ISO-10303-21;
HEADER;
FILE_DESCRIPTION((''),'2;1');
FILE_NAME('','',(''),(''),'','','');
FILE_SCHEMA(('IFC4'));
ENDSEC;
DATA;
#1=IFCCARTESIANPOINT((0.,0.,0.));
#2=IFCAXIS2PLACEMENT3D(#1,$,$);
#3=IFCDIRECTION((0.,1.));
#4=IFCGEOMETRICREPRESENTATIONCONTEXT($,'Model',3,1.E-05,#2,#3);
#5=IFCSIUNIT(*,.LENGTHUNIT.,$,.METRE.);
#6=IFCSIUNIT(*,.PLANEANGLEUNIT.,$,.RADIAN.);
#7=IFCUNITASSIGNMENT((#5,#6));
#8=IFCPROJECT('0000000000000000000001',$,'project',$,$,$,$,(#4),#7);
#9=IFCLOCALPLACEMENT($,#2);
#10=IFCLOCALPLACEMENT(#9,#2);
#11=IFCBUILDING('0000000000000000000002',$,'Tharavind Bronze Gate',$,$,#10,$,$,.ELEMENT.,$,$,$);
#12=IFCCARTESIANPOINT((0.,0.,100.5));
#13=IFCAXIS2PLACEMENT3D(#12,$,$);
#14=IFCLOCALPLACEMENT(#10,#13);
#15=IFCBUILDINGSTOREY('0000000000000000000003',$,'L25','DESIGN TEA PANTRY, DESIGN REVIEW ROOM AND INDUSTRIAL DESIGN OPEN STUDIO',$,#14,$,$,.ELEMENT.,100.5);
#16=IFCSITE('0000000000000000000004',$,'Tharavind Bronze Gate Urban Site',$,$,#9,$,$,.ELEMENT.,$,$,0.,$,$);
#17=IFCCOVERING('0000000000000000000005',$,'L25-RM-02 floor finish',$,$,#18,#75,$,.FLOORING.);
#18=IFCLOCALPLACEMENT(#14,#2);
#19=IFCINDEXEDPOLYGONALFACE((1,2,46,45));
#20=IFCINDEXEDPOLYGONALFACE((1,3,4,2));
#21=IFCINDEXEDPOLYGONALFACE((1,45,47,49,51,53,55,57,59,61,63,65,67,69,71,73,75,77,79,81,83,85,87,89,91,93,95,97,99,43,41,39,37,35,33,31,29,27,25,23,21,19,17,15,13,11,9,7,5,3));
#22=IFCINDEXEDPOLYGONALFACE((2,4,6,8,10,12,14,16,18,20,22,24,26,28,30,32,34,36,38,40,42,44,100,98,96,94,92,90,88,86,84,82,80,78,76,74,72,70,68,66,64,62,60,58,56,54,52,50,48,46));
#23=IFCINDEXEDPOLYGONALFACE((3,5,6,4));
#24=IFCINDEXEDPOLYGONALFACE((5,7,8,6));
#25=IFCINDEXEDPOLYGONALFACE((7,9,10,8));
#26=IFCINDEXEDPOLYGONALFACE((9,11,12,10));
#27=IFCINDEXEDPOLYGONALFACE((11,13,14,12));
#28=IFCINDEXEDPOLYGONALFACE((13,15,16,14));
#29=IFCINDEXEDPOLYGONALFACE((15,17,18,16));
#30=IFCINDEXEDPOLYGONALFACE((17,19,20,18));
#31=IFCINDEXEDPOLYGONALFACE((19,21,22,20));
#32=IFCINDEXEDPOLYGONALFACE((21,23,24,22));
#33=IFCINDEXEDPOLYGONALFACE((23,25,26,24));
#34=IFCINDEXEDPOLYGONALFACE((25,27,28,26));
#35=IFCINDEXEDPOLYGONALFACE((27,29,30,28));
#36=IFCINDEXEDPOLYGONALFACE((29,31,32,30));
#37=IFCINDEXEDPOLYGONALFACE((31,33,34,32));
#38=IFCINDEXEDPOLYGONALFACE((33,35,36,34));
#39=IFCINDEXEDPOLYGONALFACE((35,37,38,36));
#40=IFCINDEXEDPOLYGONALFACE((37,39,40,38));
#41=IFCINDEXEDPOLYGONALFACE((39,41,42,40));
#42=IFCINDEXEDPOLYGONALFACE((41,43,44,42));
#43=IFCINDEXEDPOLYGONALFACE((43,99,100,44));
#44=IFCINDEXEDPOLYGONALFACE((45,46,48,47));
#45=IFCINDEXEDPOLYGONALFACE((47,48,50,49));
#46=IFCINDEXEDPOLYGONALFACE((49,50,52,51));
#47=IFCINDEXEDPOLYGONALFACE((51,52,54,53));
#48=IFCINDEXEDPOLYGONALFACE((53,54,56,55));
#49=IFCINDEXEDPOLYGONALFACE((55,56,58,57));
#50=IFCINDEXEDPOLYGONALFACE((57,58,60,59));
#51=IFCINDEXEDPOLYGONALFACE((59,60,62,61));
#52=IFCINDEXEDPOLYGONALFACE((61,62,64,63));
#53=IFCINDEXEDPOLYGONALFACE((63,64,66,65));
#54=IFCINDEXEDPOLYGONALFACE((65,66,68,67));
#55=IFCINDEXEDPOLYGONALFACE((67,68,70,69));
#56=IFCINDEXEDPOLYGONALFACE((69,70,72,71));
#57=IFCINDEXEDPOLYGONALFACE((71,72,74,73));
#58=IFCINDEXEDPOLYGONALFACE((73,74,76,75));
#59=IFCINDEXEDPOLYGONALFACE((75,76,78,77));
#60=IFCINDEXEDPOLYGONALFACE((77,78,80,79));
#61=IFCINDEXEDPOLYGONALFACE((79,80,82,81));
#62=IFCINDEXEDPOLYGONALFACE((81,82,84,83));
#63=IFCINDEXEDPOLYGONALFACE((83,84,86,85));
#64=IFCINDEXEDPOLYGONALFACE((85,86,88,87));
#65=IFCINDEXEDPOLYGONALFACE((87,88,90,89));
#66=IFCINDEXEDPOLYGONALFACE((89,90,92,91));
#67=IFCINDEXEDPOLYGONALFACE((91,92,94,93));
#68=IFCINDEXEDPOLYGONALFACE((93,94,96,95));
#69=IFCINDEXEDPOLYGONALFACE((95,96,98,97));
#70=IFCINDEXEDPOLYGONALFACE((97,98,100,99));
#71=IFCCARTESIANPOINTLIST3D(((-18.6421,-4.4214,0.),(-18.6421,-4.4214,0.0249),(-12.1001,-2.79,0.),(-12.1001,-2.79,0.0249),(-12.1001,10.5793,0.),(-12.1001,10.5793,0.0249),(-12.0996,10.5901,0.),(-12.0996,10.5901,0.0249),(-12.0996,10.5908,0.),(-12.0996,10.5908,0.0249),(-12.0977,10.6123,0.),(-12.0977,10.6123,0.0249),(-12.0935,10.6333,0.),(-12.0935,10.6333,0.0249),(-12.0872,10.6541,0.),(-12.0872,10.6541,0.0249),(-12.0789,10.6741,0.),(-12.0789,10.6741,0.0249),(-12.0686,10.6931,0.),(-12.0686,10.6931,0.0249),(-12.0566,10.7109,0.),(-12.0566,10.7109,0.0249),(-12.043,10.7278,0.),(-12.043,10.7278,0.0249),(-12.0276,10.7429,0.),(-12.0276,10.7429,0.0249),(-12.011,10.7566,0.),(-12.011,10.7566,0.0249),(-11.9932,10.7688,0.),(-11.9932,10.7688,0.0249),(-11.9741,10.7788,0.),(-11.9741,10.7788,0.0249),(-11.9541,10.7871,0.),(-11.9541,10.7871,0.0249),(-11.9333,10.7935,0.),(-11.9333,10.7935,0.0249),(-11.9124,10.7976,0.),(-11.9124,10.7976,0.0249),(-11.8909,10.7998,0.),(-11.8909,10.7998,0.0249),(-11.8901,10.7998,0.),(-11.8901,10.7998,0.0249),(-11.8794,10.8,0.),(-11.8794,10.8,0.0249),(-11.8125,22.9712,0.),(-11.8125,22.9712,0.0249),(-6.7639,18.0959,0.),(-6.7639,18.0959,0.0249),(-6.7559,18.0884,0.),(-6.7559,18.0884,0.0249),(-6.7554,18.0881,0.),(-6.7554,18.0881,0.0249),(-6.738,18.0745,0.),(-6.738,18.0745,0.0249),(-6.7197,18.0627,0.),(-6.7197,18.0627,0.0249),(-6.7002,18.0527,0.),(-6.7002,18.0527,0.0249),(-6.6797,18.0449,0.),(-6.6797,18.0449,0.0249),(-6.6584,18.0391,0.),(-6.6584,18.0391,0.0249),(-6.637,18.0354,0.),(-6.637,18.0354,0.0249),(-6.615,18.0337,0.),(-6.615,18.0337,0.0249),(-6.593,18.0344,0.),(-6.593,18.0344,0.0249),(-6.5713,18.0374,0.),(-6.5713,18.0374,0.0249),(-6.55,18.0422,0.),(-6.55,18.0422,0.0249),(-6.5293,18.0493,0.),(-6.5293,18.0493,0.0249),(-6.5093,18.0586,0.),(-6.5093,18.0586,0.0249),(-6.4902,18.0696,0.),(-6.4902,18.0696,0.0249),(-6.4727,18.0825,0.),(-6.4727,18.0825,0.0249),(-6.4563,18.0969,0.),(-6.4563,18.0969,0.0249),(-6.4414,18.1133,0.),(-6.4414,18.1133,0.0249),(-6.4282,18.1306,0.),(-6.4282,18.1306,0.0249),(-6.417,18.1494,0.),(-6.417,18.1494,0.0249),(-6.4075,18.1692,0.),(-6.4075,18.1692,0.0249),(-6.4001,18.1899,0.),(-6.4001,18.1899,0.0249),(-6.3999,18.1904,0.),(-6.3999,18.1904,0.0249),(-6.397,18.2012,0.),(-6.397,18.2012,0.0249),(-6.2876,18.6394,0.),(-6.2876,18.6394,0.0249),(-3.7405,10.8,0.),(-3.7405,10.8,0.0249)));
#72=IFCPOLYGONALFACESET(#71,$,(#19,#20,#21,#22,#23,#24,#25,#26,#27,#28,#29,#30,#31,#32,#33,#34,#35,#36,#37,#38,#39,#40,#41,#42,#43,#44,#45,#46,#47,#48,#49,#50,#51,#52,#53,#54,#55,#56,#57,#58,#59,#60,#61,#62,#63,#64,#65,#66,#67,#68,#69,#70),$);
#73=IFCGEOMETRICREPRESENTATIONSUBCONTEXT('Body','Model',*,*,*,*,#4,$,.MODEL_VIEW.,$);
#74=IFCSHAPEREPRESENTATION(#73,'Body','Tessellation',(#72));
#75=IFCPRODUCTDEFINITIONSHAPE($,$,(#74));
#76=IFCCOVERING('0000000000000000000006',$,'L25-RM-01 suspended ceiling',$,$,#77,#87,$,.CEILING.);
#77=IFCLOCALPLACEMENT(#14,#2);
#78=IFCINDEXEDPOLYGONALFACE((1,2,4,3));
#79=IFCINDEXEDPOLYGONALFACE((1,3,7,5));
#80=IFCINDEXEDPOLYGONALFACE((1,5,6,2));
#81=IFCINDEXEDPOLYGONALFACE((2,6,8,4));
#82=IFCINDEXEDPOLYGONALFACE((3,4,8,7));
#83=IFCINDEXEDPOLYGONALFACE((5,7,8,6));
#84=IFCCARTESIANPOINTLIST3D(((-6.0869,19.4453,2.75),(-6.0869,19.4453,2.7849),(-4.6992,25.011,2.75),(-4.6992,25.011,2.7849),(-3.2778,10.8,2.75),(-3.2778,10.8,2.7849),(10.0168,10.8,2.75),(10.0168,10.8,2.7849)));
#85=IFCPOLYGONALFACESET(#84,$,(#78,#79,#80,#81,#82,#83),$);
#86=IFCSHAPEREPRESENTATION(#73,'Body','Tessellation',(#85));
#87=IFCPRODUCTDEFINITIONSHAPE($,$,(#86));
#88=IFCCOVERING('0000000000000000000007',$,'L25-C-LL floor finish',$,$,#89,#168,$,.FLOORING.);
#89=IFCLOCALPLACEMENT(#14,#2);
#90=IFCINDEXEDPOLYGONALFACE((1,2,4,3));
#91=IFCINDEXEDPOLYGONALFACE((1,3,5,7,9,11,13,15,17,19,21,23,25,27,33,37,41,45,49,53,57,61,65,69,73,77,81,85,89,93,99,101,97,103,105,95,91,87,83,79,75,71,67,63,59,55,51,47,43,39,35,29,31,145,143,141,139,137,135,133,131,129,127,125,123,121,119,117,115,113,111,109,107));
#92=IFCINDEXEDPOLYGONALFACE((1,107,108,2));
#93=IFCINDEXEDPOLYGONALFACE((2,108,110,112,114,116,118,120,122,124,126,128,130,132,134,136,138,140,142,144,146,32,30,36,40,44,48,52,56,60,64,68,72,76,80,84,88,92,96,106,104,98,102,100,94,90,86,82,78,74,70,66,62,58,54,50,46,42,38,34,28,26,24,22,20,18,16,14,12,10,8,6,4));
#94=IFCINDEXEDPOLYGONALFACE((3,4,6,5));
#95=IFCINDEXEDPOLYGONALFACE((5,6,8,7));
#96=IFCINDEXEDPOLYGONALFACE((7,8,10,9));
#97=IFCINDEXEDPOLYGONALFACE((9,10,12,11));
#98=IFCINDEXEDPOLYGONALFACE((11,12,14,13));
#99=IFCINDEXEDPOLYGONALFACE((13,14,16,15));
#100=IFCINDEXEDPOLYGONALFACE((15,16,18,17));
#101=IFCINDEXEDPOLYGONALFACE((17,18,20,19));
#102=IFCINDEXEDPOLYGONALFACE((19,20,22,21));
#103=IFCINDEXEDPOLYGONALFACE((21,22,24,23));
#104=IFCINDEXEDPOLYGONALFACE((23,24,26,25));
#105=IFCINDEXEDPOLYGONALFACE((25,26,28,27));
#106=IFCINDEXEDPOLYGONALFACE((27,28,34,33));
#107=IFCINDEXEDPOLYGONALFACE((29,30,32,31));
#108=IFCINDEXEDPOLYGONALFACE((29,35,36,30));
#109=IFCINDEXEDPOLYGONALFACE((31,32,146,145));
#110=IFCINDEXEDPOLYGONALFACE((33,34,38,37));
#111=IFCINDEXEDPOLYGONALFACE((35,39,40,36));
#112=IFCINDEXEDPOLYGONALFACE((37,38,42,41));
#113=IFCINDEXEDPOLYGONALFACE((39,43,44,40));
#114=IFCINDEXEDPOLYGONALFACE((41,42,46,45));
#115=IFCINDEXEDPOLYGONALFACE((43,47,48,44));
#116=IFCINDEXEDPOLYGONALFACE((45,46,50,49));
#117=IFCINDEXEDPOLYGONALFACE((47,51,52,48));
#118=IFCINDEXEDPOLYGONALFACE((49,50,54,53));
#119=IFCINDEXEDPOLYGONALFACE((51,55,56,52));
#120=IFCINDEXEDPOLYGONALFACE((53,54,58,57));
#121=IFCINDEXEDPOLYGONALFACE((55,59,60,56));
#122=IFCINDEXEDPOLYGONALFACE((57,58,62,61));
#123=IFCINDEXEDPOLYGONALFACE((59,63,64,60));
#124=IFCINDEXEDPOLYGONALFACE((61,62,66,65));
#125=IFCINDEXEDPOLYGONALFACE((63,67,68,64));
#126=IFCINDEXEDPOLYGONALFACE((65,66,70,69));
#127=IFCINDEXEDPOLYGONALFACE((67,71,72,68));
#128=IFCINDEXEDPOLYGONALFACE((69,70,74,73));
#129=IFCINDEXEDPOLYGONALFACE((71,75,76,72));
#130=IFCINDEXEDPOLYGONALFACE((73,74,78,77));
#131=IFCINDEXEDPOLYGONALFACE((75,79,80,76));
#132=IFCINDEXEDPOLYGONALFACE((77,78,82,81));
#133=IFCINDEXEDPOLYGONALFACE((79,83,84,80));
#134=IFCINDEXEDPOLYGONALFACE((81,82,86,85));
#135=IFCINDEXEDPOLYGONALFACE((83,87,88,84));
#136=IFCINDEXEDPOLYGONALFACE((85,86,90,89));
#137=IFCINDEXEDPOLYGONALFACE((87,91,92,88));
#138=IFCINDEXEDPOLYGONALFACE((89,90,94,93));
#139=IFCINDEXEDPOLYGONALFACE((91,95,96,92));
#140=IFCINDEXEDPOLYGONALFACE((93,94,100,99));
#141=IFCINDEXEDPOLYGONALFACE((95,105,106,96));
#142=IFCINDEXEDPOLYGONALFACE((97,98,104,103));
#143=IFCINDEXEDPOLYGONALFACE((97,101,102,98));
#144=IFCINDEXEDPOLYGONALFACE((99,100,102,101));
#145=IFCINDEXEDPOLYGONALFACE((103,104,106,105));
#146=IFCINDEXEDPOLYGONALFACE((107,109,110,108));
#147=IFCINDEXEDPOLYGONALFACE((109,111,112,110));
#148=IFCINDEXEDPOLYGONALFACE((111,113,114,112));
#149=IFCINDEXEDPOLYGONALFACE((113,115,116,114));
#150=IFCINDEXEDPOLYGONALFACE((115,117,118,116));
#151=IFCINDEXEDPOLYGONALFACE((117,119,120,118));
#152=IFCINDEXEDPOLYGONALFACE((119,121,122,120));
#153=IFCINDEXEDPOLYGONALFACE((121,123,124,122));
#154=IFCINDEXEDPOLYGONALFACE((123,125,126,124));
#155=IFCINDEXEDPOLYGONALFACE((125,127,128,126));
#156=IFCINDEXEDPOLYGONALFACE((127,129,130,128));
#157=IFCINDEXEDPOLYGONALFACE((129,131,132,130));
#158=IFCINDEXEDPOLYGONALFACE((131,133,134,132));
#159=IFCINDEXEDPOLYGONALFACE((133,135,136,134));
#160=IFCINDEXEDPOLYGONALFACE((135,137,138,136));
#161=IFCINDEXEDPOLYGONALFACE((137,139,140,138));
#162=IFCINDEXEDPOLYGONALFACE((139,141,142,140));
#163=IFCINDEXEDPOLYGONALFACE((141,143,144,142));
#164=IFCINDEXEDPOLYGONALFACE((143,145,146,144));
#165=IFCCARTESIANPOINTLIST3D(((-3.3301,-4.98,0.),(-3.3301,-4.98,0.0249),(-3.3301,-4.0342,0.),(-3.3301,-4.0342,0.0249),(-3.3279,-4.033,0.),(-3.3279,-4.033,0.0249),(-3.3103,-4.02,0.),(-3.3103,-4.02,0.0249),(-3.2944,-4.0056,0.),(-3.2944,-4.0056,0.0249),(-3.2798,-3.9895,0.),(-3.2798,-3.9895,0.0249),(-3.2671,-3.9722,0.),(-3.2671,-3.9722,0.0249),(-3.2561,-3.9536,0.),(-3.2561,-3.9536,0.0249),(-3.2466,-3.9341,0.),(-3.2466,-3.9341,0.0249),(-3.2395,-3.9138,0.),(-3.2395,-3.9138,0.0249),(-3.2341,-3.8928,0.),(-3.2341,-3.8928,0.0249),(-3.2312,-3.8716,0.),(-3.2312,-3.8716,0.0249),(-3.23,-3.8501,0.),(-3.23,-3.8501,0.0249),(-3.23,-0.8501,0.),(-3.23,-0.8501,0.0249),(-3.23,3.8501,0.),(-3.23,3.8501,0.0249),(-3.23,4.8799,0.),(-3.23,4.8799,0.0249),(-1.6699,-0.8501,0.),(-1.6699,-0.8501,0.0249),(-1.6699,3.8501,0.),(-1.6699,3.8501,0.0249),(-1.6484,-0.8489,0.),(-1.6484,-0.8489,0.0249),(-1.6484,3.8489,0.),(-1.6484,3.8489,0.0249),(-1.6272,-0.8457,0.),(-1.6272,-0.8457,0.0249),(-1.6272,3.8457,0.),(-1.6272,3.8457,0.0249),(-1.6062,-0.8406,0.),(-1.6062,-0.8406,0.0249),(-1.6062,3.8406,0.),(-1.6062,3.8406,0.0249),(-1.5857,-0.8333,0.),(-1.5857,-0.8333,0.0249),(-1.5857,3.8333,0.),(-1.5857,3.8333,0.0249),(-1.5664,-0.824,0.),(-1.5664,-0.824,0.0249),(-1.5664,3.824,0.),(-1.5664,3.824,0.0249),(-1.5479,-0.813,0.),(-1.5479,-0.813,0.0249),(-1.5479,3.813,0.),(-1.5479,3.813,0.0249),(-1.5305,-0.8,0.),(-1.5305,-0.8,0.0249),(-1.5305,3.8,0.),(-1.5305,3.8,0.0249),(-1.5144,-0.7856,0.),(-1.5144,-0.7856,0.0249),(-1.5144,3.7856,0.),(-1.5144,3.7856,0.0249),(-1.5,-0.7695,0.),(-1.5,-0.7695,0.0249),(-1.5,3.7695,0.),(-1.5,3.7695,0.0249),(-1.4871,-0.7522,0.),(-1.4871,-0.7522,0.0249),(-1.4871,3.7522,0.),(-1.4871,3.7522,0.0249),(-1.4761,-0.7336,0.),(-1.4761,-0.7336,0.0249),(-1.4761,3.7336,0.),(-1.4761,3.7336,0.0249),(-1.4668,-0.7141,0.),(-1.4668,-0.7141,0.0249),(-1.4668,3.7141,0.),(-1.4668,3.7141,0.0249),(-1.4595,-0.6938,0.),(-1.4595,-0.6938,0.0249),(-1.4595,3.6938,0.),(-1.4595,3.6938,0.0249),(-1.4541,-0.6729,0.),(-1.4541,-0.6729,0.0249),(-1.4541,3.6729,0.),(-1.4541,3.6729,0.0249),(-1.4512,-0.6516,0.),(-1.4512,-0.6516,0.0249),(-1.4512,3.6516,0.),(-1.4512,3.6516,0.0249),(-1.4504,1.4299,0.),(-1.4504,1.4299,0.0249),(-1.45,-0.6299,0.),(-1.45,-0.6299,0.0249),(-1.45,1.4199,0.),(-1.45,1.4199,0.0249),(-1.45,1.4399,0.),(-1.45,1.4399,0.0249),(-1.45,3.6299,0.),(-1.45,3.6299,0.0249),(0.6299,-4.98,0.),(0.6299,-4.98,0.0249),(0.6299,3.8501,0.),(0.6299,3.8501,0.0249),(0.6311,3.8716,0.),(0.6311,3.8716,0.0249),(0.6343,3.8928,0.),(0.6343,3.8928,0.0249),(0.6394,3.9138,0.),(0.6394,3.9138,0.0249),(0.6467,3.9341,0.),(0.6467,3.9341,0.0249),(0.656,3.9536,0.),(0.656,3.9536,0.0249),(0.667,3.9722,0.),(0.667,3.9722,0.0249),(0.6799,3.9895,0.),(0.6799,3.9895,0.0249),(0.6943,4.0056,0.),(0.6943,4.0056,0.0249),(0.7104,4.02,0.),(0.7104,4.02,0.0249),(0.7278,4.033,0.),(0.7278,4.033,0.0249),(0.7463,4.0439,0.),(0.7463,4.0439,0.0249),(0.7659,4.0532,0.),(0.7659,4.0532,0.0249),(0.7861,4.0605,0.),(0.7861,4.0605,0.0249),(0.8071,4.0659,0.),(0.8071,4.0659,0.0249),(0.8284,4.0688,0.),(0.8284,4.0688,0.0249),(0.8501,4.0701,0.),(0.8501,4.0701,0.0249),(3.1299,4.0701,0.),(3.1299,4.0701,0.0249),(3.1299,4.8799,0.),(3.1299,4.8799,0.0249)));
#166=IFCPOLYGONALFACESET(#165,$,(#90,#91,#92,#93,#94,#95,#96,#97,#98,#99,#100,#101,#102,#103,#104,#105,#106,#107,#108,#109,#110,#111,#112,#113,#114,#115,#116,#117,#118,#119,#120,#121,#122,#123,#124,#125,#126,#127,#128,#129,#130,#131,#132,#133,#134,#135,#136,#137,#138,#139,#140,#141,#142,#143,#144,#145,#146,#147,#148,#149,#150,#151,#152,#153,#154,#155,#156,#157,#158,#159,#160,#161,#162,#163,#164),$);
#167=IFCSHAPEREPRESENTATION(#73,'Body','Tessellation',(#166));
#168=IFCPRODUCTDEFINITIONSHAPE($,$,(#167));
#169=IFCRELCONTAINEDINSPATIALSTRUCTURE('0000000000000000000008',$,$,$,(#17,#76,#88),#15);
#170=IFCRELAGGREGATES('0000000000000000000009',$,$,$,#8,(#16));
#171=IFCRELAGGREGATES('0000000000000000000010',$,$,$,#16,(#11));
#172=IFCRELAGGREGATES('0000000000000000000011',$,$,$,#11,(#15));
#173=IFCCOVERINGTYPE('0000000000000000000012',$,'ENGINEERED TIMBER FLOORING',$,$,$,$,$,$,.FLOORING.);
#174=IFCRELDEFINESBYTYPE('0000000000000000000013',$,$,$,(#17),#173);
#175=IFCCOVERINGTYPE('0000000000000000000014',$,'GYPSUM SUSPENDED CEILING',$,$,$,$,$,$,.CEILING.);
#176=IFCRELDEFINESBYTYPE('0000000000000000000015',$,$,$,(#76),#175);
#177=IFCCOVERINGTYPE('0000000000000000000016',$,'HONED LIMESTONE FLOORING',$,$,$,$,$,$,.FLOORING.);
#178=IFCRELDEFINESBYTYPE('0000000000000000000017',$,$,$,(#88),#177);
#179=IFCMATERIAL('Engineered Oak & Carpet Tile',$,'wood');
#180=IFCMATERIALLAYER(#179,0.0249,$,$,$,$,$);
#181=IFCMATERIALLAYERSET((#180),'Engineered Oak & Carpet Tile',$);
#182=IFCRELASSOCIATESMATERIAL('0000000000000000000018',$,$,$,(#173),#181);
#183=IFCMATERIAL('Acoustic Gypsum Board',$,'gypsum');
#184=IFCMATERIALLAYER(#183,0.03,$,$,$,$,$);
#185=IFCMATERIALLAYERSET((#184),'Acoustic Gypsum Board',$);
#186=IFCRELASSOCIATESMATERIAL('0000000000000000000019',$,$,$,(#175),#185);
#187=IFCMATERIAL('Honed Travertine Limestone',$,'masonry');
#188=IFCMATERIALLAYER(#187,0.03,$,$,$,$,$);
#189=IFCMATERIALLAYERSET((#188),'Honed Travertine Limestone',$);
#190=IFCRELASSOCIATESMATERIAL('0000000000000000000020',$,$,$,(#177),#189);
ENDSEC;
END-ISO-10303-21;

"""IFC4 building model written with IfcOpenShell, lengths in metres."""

from ifc_helpers import new_model, si_unit, direction, frame, origin, place, context, subcontext, project, spatial, polyline, outline, extrude, material, layer, layer_set, type_object, element, save


model = new_model("IFC4")

# Units and contexts
model_context = context("Model", 3, precision=1e-05, world=origin(), true_north=direction((0.0, 1.0)))
body_context = subcontext(model_context, "Body", "Model", "MODEL_VIEW")
ifc_project = project(units=[si_unit("LENGTHUNIT", "METRE"), si_unit("PLANEANGLEUNIT", "RADIAN")], contexts=[model_context])

# Site, building, storey
site_placement = place(None, origin())
site = spatial("IfcSite", under=ifc_project, at=site_placement, Name="Tharavind Bronze Gate Urban Site", CompositionType="ELEMENT", RefElevation=0.0)
building_placement = place(site_placement, origin())
building = spatial("IfcBuilding", under=site, at=building_placement, Name="Tharavind Bronze Gate", CompositionType="ELEMENT")
storey_placement = place(building_placement, frame((0.0, 0.0, 100.5)))
storey = spatial("IfcBuildingStorey", under=building, at=storey_placement, Name="L25", Description="DESIGN TEA PANTRY, DESIGN REVIEW ROOM AND INDUSTRIAL DESIGN OPEN STUDIO", CompositionType="ELEMENT", Elevation=100.5)

# Coverings
ifc_material_1 = material(Name="Engineered Oak & Carpet Tile", Category="wood")
ifc_layer_1 = layer(ifc_material_1, 0.0249)
ifc_layer_set_1 = layer_set([ifc_layer_1], Name="Engineered Oak & Carpet Tile")
covering_type_1 = type_object("IfcCoveringType", Name="ENGINEERED TIMBER FLOORING", PredefinedType="FLOORING", material=ifc_layer_set_1)
covering_1_placement = place(storey_placement, origin())
element("IfcCovering", 1, at=covering_1_placement, inside=storey, type_object=covering_type_1, Name="L25-RM-02 floor finish", PredefinedType="FLOORING", context=body_context, shape_type="SweptSolid", body=[
    extrude(outline(polyline([(-12.1001, -2.79), (-12.1001, 10.5793), (-12.0996, 10.5901), (-12.0996, 10.5908), (-12.0977, 10.6123), (-12.0935, 10.6333), (-12.0872, 10.6541), (-12.0789, 10.6741), (-12.0686, 10.6931), (-12.0566, 10.7109), (-12.043, 10.7278), (-12.0276, 10.7429), (-12.011, 10.7566), (-11.9932, 10.7688), (-11.9741, 10.7788), (-11.9541, 10.7871), (-11.9333, 10.7935), (-11.9124, 10.7976), (-11.8909, 10.7998), (-11.8901, 10.7998), (-11.8794, 10.8), (-3.7405, 10.8), (-6.2876, 18.6394), (-6.397, 18.2012), (-6.3999, 18.1904), (-6.4001, 18.1899), (-6.4075, 18.1692), (-6.417, 18.1494), (-6.4282, 18.1306), (-6.4414, 18.1133), (-6.4563, 18.0969), (-6.4727, 18.0825), (-6.4902, 18.0696), (-6.5093, 18.0586), (-6.5293, 18.0493), (-6.55, 18.0422), (-6.5713, 18.0374), (-6.593, 18.0344), (-6.615, 18.0337), (-6.637, 18.0354), (-6.6584, 18.0391), (-6.6797, 18.0449), (-6.7002, 18.0527), (-6.7197, 18.0627), (-6.738, 18.0745), (-6.7554, 18.0881), (-6.7559, 18.0884), (-6.7639, 18.0959), (-11.8125, 22.9712), (-18.6421, -4.4214), (-12.1001, -2.79)])), origin(), (0.0, 0.0, 1.0), 0.0249),
])
ifc_material_2 = material(Name="Acoustic Gypsum Board", Category="gypsum")
ifc_layer_2 = layer(ifc_material_2, 0.03)
ifc_layer_set_2 = layer_set([ifc_layer_2], Name="Acoustic Gypsum Board")
covering_type_2 = type_object("IfcCoveringType", Name="GYPSUM SUSPENDED CEILING", PredefinedType="CEILING", material=ifc_layer_set_2)
covering_2_placement = place(storey_placement, frame((0.0, 0.0, 2.75)))
element("IfcCovering", 2, at=covering_2_placement, inside=storey, type_object=covering_type_2, Name="L25-RM-01 suspended ceiling", PredefinedType="CEILING", context=body_context, shape_type="SweptSolid", body=[
    extrude(outline(polyline([(-3.2778, 10.8), (10.0168, 10.8), (-4.6992, 25.011), (-6.0869, 19.4453), (-3.2778, 10.8)])), origin(), (0.0, 0.0, 1.0), 0.0349),
])
ifc_material_3 = material(Name="Honed Travertine Limestone", Category="masonry")
ifc_layer_3 = layer(ifc_material_3, 0.03)
ifc_layer_set_3 = layer_set([ifc_layer_3], Name="Honed Travertine Limestone")
covering_type_3 = type_object("IfcCoveringType", Name="HONED LIMESTONE FLOORING", PredefinedType="FLOORING", material=ifc_layer_set_3)
covering_3_placement = place(storey_placement, origin())
element("IfcCovering", 3, at=covering_3_placement, inside=storey, type_object=covering_type_3, Name="L25-C-LL floor finish", PredefinedType="FLOORING", context=body_context, shape_type="SweptSolid", body=[
    extrude(outline(polyline([(-3.3301, -4.98), (0.6299, -4.98), (0.6299, 3.8501), (0.6311, 3.8716), (0.6343, 3.8928), (0.6394, 3.9138), (0.6467, 3.9341), (0.656, 3.9536), (0.667, 3.9722), (0.6799, 3.9895), (0.6943, 4.0056), (0.7104, 4.02), (0.7278, 4.033), (0.7463, 4.0439), (0.7659, 4.0532), (0.7861, 4.0605), (0.8071, 4.0659), (0.8284, 4.0688), (0.8501, 4.0701), (3.1299, 4.0701), (3.1299, 4.8799), (-3.23, 4.8799), (-3.23, 3.8501), (-1.6699, 3.8501), (-1.6484, 3.8489), (-1.6272, 3.8457), (-1.6062, 3.8406), (-1.5857, 3.8333), (-1.5664, 3.824), (-1.5479, 3.813), (-1.5305, 3.8), (-1.5144, 3.7856), (-1.5, 3.7695), (-1.4871, 3.7522), (-1.4761, 3.7336), (-1.4668, 3.7141), (-1.4595, 3.6938), (-1.4541, 3.6729), (-1.4512, 3.6516), (-1.45, 3.6299), (-1.45, 1.4399), (-1.4504, 1.4299), (-1.45, 1.4199), (-1.45, -0.6299), (-1.4512, -0.6516), (-1.4541, -0.6729), (-1.4595, -0.6938), (-1.4668, -0.7141), (-1.4761, -0.7336), (-1.4871, -0.7522), (-1.5, -0.7695), (-1.5144, -0.7856), (-1.5305, -0.8), (-1.5479, -0.813), (-1.5664, -0.824), (-1.5857, -0.8333), (-1.6062, -0.8406), (-1.6272, -0.8457), (-1.6484, -0.8489), (-1.6699, -0.8501), (-3.23, -0.8501), (-3.23, -3.8501), (-3.2312, -3.8716), (-3.2341, -3.8928), (-3.2395, -3.9138), (-3.2466, -3.9341), (-3.2561, -3.9536), (-3.2671, -3.9722), (-3.2798, -3.9895), (-3.2944, -4.0056), (-3.3103, -4.02), (-3.3279, -4.033), (-3.3301, -4.0342), (-3.3301, -4.98)])), origin(), (0.0, 0.0, 1.0), 0.0249),
])

save(model, "model.ifc")
